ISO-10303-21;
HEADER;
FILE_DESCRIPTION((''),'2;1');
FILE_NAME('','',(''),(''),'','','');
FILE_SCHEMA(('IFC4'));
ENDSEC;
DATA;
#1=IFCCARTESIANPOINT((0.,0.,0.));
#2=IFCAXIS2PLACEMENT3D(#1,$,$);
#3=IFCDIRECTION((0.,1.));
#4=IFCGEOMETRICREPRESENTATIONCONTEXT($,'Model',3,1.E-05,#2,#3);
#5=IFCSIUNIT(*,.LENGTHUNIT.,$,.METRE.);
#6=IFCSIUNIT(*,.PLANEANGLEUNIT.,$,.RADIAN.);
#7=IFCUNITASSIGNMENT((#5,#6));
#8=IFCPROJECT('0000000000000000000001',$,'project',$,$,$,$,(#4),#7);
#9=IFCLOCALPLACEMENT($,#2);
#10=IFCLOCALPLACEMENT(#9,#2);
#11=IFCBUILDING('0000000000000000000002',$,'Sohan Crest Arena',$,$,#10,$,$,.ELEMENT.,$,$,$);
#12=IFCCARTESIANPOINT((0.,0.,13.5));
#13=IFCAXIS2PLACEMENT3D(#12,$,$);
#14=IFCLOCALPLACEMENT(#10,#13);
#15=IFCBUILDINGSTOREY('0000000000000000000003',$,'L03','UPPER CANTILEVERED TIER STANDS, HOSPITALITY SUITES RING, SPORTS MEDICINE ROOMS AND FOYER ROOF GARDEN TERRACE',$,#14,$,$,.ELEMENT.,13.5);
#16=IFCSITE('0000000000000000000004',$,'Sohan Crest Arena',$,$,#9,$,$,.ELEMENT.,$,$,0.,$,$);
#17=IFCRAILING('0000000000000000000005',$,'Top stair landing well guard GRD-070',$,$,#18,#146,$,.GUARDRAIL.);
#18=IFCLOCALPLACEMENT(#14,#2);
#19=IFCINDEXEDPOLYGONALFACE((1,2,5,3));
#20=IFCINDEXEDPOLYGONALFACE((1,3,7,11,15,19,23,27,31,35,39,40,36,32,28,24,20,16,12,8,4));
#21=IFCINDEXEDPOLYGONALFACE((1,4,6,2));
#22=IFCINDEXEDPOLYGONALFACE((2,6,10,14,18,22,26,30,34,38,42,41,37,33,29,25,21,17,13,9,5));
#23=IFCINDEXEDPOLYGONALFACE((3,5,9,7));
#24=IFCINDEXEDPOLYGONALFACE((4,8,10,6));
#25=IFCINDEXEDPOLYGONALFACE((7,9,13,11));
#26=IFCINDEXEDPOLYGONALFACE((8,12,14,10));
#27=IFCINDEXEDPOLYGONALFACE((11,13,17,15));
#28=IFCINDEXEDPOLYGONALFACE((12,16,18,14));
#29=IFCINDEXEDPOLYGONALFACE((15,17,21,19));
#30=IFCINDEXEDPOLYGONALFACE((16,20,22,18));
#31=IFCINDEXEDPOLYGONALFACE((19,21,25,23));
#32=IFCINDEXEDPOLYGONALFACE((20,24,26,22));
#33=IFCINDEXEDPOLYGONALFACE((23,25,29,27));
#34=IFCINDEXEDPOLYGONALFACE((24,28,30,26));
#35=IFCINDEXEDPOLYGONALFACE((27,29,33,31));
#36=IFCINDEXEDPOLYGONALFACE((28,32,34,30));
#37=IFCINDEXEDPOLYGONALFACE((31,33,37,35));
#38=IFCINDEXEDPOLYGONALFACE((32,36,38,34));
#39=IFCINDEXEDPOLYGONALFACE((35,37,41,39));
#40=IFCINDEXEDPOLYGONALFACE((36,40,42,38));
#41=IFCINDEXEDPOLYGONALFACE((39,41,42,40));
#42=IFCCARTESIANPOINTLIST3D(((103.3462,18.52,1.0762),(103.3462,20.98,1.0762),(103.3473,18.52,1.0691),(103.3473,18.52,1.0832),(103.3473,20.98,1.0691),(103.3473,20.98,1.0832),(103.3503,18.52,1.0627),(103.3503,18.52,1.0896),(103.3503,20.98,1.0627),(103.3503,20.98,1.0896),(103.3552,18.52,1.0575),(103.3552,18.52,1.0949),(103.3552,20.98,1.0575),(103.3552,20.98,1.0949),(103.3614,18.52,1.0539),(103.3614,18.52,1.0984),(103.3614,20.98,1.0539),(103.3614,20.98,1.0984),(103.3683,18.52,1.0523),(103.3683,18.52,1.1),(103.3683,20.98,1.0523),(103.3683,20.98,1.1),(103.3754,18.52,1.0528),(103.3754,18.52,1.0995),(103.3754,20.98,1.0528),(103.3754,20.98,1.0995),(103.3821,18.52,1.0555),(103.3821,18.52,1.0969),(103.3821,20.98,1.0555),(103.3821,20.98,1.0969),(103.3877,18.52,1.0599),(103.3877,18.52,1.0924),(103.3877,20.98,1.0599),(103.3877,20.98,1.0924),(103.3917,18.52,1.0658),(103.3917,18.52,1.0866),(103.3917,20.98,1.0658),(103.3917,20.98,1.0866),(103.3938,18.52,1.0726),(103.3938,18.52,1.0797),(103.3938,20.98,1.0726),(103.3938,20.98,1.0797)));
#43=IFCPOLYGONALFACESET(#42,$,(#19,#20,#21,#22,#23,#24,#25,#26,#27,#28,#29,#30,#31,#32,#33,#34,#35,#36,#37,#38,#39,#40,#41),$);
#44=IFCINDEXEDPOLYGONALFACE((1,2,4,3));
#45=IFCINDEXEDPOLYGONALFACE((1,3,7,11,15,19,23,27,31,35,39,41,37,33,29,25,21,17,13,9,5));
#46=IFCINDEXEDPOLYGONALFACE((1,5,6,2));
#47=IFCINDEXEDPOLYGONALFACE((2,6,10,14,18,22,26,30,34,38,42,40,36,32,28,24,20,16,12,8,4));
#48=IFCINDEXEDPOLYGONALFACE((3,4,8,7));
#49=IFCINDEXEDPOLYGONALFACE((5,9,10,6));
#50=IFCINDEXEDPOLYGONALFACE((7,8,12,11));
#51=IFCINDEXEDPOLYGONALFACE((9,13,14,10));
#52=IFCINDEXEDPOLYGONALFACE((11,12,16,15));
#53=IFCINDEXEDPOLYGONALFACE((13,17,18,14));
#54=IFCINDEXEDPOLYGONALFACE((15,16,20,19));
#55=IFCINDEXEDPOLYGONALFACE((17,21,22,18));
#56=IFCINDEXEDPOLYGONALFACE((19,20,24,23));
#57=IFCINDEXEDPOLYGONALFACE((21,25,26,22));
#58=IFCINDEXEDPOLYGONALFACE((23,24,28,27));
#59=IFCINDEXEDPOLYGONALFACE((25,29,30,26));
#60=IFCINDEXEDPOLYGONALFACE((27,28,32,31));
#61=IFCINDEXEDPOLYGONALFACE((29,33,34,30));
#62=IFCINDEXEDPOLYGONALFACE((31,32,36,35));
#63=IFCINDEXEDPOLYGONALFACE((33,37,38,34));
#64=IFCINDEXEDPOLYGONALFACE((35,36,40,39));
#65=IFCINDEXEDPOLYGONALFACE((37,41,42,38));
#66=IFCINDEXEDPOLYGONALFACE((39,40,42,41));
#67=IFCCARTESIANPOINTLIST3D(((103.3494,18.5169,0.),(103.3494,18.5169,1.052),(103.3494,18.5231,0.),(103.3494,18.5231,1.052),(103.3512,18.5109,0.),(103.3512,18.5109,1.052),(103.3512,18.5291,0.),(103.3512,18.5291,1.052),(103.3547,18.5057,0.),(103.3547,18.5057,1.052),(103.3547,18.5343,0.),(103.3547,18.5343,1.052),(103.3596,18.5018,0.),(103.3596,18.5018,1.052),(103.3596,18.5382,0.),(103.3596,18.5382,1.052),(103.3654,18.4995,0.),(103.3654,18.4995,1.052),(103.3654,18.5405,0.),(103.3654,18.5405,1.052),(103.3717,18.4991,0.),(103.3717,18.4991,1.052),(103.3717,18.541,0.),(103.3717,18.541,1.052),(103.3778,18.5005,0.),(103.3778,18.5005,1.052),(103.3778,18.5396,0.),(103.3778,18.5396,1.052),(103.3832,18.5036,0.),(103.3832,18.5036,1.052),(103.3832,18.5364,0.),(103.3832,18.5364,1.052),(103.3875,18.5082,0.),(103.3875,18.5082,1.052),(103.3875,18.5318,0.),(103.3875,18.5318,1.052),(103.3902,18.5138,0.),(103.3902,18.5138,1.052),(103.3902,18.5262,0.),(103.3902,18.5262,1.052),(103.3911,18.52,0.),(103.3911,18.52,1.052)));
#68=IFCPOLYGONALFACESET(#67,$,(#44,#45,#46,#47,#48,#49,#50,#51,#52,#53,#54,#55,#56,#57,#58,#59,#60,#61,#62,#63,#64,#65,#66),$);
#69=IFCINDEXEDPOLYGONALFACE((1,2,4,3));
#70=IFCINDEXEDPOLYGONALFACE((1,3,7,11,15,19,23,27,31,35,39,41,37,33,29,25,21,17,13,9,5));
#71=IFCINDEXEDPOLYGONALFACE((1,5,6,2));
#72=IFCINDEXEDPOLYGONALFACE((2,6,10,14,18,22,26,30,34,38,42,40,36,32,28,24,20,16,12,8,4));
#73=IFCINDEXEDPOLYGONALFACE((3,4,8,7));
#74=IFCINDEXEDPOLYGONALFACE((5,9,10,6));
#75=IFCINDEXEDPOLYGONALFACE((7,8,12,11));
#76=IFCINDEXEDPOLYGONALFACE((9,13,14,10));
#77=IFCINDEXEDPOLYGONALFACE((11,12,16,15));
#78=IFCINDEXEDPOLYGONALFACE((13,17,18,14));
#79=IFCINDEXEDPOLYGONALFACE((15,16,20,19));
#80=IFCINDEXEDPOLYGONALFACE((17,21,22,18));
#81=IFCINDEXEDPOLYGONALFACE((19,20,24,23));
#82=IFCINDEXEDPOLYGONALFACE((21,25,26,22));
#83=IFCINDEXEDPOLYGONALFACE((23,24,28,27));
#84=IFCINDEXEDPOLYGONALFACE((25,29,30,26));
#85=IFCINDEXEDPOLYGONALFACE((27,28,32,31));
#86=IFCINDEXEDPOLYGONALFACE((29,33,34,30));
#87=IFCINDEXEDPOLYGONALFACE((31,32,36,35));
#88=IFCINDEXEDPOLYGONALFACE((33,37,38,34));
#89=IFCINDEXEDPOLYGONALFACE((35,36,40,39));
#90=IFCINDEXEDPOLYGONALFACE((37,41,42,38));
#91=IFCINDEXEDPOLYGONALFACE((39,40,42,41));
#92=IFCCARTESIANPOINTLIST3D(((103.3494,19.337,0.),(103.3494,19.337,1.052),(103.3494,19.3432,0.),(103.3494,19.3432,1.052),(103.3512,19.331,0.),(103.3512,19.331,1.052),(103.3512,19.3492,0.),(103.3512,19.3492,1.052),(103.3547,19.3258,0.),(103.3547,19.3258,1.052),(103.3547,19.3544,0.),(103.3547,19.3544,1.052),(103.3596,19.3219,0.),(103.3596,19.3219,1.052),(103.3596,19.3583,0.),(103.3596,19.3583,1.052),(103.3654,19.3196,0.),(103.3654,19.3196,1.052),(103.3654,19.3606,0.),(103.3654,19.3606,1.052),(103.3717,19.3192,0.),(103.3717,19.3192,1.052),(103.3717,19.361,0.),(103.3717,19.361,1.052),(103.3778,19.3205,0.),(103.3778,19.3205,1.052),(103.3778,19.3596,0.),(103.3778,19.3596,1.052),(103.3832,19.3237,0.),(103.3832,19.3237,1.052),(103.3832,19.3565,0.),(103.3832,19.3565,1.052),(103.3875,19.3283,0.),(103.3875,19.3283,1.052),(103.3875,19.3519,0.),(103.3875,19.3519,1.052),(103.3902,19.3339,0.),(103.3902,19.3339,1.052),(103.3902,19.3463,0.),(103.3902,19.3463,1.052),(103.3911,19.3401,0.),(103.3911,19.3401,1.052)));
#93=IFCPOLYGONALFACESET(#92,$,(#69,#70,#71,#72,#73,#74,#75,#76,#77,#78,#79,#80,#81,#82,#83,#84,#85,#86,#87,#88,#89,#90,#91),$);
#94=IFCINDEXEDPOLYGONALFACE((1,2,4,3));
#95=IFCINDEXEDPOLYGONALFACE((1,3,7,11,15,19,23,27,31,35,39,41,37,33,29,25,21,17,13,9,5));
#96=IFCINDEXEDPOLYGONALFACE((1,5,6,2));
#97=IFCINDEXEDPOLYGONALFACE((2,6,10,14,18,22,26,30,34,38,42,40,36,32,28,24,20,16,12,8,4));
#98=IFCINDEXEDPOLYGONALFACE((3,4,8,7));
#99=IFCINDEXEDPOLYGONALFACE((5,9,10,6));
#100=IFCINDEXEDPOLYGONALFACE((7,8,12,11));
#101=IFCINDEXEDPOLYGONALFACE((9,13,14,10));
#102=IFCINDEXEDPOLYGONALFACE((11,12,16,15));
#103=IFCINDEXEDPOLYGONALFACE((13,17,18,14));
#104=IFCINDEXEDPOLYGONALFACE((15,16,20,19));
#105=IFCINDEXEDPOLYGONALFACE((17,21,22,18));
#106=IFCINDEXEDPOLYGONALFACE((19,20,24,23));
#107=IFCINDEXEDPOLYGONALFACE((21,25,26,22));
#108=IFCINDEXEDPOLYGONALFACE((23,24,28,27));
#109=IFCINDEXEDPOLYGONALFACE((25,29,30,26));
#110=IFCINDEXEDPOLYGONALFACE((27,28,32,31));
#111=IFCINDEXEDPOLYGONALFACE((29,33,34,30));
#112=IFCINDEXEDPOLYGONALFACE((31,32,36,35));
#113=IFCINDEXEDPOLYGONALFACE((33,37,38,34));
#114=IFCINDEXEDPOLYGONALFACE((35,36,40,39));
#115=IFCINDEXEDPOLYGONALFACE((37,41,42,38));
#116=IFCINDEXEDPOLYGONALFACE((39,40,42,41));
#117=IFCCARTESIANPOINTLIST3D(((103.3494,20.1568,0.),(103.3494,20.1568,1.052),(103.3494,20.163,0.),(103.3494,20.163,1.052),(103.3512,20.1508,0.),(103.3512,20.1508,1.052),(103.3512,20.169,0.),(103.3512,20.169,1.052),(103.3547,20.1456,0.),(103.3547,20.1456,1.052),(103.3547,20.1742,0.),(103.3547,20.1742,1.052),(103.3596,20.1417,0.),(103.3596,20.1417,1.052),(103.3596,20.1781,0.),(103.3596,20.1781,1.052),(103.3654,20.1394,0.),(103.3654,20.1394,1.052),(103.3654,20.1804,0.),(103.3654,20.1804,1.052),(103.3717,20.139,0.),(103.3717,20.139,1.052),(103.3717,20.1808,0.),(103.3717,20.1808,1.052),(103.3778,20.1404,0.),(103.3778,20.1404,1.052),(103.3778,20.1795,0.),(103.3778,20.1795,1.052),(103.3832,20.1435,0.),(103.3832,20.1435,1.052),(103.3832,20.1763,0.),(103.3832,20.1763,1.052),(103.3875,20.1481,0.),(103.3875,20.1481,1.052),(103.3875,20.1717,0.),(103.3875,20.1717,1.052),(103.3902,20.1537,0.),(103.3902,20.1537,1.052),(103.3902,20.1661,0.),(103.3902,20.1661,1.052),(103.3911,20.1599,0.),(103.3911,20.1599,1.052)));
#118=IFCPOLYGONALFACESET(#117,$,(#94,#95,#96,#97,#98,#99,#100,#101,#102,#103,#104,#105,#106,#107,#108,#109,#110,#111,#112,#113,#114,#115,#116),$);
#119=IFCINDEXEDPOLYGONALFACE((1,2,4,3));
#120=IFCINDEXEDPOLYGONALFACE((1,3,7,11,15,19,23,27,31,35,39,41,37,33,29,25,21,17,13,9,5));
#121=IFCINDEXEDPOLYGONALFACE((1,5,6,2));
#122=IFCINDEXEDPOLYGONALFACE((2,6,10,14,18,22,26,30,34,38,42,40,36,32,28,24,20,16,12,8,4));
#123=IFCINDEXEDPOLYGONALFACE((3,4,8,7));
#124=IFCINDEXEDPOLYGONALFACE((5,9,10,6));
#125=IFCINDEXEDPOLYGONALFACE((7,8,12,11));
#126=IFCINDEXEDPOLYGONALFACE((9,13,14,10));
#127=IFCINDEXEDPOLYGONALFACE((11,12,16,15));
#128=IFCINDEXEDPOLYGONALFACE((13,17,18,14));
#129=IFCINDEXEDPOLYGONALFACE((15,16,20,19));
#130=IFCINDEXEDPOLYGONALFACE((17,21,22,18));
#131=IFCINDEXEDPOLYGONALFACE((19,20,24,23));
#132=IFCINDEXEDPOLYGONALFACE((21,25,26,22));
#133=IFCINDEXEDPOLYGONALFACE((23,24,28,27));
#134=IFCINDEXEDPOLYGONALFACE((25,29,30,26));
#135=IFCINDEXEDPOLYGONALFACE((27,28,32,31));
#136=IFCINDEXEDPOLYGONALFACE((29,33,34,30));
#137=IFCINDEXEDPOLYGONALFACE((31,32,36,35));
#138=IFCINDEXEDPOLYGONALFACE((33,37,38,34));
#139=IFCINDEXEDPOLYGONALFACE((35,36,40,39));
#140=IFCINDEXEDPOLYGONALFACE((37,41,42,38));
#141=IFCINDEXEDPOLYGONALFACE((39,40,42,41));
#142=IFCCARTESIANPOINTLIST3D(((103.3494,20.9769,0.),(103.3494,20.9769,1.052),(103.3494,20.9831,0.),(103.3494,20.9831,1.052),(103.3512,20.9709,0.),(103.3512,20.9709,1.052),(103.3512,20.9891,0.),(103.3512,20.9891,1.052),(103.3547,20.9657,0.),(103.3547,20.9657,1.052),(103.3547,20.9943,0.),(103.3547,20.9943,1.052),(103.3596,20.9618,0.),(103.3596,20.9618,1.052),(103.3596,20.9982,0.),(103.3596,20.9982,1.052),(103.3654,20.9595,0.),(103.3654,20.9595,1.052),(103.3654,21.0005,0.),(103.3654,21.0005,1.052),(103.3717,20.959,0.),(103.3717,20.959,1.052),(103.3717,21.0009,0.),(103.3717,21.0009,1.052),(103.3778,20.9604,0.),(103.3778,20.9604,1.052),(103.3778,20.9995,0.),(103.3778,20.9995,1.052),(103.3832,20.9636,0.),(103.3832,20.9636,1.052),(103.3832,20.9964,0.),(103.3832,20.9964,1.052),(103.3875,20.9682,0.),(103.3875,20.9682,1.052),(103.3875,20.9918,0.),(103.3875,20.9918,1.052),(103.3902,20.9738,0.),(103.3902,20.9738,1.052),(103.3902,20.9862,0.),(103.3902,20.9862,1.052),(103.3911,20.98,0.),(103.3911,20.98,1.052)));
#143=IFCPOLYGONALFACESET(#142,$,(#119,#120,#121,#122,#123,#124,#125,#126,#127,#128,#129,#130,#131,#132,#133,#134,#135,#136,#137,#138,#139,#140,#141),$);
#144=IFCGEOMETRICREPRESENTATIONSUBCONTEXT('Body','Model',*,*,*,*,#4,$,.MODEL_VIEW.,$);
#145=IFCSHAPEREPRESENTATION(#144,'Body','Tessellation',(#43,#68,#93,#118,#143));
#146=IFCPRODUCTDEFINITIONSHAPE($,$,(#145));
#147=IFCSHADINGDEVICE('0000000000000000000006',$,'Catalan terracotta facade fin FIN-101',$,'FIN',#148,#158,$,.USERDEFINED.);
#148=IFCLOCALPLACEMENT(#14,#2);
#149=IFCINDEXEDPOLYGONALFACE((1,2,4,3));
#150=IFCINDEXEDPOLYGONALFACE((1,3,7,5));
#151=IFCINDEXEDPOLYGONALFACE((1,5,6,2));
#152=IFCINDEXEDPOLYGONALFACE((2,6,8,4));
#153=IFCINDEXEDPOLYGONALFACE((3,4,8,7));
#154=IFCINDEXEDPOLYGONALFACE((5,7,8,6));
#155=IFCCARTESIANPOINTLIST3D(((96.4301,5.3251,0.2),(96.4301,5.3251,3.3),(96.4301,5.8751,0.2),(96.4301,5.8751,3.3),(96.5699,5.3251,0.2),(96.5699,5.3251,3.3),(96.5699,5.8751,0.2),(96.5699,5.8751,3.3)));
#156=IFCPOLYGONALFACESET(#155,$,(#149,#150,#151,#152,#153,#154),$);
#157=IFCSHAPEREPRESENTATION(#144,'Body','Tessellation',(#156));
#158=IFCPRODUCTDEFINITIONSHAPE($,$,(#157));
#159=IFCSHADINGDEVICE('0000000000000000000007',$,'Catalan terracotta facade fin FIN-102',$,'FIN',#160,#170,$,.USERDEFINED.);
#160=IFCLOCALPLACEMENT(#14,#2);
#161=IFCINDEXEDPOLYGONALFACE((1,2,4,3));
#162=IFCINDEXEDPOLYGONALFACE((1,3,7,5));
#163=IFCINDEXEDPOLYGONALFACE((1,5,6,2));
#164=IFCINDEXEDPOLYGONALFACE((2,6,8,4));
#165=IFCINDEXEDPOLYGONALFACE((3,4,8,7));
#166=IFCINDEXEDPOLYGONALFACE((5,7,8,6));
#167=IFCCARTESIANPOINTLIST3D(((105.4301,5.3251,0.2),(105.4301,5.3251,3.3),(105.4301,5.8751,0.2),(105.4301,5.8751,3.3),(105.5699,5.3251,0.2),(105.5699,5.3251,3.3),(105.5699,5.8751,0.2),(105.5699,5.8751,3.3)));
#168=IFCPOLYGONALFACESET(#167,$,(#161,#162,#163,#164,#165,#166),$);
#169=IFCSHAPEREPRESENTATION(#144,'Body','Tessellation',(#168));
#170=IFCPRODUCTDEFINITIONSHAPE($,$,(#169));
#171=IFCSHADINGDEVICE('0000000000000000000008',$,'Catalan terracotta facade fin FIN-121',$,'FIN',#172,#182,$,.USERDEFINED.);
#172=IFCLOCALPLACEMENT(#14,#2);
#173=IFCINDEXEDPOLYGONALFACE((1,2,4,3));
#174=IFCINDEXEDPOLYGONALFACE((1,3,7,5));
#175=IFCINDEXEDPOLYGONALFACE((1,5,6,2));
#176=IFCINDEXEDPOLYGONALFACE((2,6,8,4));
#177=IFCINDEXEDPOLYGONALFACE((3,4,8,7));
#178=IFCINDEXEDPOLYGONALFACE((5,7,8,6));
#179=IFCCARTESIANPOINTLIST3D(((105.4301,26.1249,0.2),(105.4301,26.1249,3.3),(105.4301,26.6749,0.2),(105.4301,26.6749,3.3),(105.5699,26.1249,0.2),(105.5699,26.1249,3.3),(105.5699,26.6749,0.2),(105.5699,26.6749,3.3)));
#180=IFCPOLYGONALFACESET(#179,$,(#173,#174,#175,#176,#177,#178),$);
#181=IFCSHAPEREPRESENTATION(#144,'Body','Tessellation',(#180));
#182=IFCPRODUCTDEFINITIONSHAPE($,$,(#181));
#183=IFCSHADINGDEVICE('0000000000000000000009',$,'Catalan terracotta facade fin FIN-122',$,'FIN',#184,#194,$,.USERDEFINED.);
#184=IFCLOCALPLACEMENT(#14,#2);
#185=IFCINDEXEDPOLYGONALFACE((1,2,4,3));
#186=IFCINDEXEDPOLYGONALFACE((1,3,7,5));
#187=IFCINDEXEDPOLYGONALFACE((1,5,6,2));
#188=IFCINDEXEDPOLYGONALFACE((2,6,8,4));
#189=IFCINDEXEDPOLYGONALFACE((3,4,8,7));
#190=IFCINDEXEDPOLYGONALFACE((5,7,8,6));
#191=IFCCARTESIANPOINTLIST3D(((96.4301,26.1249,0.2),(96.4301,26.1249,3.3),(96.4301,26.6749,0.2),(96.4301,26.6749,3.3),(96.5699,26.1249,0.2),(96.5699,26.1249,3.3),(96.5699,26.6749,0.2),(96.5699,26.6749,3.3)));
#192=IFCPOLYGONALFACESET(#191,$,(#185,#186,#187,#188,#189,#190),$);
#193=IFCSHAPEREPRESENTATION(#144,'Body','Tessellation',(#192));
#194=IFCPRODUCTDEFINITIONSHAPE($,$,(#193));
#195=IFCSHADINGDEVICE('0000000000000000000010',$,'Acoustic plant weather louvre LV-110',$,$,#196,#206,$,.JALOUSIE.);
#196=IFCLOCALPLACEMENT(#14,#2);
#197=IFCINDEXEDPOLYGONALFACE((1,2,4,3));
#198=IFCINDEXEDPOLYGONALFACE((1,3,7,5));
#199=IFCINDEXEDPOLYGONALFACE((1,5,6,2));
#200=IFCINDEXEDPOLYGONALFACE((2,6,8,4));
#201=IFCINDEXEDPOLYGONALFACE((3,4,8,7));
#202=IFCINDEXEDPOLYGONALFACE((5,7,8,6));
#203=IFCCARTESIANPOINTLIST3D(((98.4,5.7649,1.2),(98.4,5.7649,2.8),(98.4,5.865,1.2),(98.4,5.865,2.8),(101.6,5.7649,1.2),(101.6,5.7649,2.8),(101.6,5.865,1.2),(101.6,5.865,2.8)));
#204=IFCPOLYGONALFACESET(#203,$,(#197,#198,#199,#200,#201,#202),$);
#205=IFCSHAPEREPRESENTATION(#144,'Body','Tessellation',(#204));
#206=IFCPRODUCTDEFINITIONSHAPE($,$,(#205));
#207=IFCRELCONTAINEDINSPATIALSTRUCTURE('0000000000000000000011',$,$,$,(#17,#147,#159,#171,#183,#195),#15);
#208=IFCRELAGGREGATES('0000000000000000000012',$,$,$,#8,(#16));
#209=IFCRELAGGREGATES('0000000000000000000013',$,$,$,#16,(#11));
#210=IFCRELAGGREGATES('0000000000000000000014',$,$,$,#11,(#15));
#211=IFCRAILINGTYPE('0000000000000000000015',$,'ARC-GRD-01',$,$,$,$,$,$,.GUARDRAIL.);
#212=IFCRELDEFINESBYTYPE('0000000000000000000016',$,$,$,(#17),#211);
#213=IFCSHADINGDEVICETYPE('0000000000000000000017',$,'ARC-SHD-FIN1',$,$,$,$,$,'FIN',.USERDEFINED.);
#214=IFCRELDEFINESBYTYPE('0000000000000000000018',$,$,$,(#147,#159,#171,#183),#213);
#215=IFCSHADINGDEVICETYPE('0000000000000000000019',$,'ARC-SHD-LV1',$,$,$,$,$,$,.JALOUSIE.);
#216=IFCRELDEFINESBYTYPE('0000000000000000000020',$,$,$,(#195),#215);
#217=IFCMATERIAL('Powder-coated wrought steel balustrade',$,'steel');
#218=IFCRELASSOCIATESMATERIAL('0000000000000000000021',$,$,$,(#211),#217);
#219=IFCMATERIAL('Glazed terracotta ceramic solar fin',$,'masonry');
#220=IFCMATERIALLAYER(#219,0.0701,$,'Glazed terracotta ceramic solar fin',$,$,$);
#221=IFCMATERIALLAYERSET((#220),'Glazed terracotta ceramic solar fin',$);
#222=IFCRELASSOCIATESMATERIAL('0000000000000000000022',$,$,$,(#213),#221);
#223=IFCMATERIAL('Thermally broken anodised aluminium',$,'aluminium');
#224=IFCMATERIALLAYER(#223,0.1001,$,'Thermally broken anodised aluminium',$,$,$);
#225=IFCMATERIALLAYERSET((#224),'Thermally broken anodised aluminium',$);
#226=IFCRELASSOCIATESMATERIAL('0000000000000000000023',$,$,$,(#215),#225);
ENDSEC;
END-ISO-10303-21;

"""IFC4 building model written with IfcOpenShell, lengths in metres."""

from ifc_helpers import new_model, si_unit, direction, frame, origin, origin_2d, place, context, subcontext, project, spatial, rectangle, circle, extrude, material, layer, layer_set, type_object, element, save


model = new_model("IFC4")

# Units and contexts
model_context = context("Model", 3, precision=1e-05, world=origin(), true_north=direction((0.0, 1.0)))
body_context = subcontext(model_context, "Body", "Model", "MODEL_VIEW")
ifc_project = project(units=[si_unit("LENGTHUNIT", "METRE"), si_unit("PLANEANGLEUNIT", "RADIAN")], contexts=[model_context])

# Site, building, storey
site_placement = place(None, origin())
site = spatial("IfcSite", under=ifc_project, at=site_placement, Name="Sohan Crest Arena", CompositionType="ELEMENT", RefElevation=0.0)
building_placement = place(site_placement, origin())
building = spatial("IfcBuilding", under=site, at=building_placement, Name="Sohan Crest Arena", CompositionType="ELEMENT")
storey_placement = place(building_placement, frame((0.0, 0.0, 13.5)))
storey = spatial("IfcBuildingStorey", under=building, at=storey_placement, Name="L03", Description="UPPER CANTILEVERED TIER STANDS, HOSPITALITY SUITES RING, SPORTS MEDICINE ROOMS AND FOYER ROOF GARDEN TERRACE", CompositionType="ELEMENT", Elevation=13.5)

# Railing
ifc_material_1 = material(Name="Powder-coated wrought steel balustrade", Category="steel")
railing_type = type_object("IfcRailingType", Name="ARC-GRD-01", PredefinedType="GUARDRAIL", material=ifc_material_1)
railing_placement = place(storey_placement, frame((103.3701, 18.52, 0.0)))
element("IfcRailing", 1, at=railing_placement, inside=storey, type_object=railing_type, Name="Top stair landing well guard GRD-070", PredefinedType="GUARDRAIL", context=body_context, shape_type="SweptSolid", body=[
    extrude(circle(Radius=0.0239, at=origin_2d()), frame((0.0, 0.0, 1.0762), z_axis=(0.0, 1.0, 0.0), x_axis=(-1.0, 0.0, 0.0)), (0.0, 0.0, 1.0), 2.46),
    extrude(circle(Radius=0.021, at=origin_2d()), origin(), (0.0, 0.0, 1.0), 1.052),
    extrude(circle(Radius=0.021, at=origin_2d()), frame((0.0, 0.8201, 0.0)), (0.0, 0.0, 1.0), 1.052),
    extrude(circle(Radius=0.021, at=origin_2d()), frame((0.0, 1.6399, 0.0)), (0.0, 0.0, 1.0), 1.052),
    extrude(circle(Radius=0.021, at=origin_2d()), frame((0.0, 2.46, 0.0)), (0.0, 0.0, 1.0), 1.052),
])

# Shading devices
ifc_material_2 = material(Name="Glazed terracotta ceramic solar fin", Category="masonry")
ifc_layer_1 = layer(ifc_material_2, 0.0701, Name="Glazed terracotta ceramic solar fin")
ifc_layer_set_1 = layer_set([ifc_layer_1], Name="Glazed terracotta ceramic solar fin")
shading_device_type_1 = type_object("IfcShadingDeviceType", Name="ARC-SHD-FIN1", ElementType="FIN", PredefinedType="USERDEFINED", material=ifc_layer_set_1)
for number, where, z_axis, x_axis, name in (
    (2, (96.5, 5.6001, 0.2), (0.0, 0.0, 1.0), (1.0, 0.0, 0.0), "Catalan terracotta facade fin FIN-101"),
    (3, (105.5, 5.6001, 0.2), (0.0, 0.0, 1.0), (1.0, 0.0, 0.0), "Catalan terracotta facade fin FIN-102"),
    (4, (105.5, 26.3999, 0.2), (0.0, 0.0, 1.0), (-1.0, 0.0, 0.0), "Catalan terracotta facade fin FIN-121"),
    (5, (96.5, 26.3999, 0.2), (0.0, 0.0, 1.0), (-1.0, 0.0, 0.0), "Catalan terracotta facade fin FIN-122"),
):
    element("IfcShadingDevice", number, at=place(storey_placement, frame(where, z_axis=z_axis, x_axis=x_axis)), inside=storey, type_object=shading_device_type_1, Name=name, ObjectType="FIN", PredefinedType="USERDEFINED", context=body_context, shape_type="SweptSolid", body=[
        extrude(rectangle(XDim=0.1399, YDim=0.55, at=origin_2d()), origin(), (0.0, 0.0, 1.0), 3.1001),
    ])
ifc_material_3 = material(Name="Thermally broken anodised aluminium", Category="aluminium")
ifc_layer_2 = layer(ifc_material_3, 0.1001, Name="Thermally broken anodised aluminium")
ifc_layer_set_2 = layer_set([ifc_layer_2], Name="Thermally broken anodised aluminium")
shading_device_type_2 = type_object("IfcShadingDeviceType", Name="ARC-SHD-LV1", PredefinedType="JALOUSIE", material=ifc_layer_set_2)
shading_device_placement = place(storey_placement, frame((100.0, 5.8149, 1.2), z_axis=(0.0, 0.0, 1.0), x_axis=(1.0, 0.0, 0.0)))
element("IfcShadingDevice", 6, at=shading_device_placement, inside=storey, type_object=shading_device_type_2, Name="Acoustic plant weather louvre LV-110", PredefinedType="JALOUSIE", context=body_context, shape_type="SweptSolid", body=[
    extrude(rectangle(XDim=3.2, YDim=0.1001, at=origin_2d()), origin(), (0.0, 0.0, 1.0), 1.6001),
])

save(model, "model.ifc")
